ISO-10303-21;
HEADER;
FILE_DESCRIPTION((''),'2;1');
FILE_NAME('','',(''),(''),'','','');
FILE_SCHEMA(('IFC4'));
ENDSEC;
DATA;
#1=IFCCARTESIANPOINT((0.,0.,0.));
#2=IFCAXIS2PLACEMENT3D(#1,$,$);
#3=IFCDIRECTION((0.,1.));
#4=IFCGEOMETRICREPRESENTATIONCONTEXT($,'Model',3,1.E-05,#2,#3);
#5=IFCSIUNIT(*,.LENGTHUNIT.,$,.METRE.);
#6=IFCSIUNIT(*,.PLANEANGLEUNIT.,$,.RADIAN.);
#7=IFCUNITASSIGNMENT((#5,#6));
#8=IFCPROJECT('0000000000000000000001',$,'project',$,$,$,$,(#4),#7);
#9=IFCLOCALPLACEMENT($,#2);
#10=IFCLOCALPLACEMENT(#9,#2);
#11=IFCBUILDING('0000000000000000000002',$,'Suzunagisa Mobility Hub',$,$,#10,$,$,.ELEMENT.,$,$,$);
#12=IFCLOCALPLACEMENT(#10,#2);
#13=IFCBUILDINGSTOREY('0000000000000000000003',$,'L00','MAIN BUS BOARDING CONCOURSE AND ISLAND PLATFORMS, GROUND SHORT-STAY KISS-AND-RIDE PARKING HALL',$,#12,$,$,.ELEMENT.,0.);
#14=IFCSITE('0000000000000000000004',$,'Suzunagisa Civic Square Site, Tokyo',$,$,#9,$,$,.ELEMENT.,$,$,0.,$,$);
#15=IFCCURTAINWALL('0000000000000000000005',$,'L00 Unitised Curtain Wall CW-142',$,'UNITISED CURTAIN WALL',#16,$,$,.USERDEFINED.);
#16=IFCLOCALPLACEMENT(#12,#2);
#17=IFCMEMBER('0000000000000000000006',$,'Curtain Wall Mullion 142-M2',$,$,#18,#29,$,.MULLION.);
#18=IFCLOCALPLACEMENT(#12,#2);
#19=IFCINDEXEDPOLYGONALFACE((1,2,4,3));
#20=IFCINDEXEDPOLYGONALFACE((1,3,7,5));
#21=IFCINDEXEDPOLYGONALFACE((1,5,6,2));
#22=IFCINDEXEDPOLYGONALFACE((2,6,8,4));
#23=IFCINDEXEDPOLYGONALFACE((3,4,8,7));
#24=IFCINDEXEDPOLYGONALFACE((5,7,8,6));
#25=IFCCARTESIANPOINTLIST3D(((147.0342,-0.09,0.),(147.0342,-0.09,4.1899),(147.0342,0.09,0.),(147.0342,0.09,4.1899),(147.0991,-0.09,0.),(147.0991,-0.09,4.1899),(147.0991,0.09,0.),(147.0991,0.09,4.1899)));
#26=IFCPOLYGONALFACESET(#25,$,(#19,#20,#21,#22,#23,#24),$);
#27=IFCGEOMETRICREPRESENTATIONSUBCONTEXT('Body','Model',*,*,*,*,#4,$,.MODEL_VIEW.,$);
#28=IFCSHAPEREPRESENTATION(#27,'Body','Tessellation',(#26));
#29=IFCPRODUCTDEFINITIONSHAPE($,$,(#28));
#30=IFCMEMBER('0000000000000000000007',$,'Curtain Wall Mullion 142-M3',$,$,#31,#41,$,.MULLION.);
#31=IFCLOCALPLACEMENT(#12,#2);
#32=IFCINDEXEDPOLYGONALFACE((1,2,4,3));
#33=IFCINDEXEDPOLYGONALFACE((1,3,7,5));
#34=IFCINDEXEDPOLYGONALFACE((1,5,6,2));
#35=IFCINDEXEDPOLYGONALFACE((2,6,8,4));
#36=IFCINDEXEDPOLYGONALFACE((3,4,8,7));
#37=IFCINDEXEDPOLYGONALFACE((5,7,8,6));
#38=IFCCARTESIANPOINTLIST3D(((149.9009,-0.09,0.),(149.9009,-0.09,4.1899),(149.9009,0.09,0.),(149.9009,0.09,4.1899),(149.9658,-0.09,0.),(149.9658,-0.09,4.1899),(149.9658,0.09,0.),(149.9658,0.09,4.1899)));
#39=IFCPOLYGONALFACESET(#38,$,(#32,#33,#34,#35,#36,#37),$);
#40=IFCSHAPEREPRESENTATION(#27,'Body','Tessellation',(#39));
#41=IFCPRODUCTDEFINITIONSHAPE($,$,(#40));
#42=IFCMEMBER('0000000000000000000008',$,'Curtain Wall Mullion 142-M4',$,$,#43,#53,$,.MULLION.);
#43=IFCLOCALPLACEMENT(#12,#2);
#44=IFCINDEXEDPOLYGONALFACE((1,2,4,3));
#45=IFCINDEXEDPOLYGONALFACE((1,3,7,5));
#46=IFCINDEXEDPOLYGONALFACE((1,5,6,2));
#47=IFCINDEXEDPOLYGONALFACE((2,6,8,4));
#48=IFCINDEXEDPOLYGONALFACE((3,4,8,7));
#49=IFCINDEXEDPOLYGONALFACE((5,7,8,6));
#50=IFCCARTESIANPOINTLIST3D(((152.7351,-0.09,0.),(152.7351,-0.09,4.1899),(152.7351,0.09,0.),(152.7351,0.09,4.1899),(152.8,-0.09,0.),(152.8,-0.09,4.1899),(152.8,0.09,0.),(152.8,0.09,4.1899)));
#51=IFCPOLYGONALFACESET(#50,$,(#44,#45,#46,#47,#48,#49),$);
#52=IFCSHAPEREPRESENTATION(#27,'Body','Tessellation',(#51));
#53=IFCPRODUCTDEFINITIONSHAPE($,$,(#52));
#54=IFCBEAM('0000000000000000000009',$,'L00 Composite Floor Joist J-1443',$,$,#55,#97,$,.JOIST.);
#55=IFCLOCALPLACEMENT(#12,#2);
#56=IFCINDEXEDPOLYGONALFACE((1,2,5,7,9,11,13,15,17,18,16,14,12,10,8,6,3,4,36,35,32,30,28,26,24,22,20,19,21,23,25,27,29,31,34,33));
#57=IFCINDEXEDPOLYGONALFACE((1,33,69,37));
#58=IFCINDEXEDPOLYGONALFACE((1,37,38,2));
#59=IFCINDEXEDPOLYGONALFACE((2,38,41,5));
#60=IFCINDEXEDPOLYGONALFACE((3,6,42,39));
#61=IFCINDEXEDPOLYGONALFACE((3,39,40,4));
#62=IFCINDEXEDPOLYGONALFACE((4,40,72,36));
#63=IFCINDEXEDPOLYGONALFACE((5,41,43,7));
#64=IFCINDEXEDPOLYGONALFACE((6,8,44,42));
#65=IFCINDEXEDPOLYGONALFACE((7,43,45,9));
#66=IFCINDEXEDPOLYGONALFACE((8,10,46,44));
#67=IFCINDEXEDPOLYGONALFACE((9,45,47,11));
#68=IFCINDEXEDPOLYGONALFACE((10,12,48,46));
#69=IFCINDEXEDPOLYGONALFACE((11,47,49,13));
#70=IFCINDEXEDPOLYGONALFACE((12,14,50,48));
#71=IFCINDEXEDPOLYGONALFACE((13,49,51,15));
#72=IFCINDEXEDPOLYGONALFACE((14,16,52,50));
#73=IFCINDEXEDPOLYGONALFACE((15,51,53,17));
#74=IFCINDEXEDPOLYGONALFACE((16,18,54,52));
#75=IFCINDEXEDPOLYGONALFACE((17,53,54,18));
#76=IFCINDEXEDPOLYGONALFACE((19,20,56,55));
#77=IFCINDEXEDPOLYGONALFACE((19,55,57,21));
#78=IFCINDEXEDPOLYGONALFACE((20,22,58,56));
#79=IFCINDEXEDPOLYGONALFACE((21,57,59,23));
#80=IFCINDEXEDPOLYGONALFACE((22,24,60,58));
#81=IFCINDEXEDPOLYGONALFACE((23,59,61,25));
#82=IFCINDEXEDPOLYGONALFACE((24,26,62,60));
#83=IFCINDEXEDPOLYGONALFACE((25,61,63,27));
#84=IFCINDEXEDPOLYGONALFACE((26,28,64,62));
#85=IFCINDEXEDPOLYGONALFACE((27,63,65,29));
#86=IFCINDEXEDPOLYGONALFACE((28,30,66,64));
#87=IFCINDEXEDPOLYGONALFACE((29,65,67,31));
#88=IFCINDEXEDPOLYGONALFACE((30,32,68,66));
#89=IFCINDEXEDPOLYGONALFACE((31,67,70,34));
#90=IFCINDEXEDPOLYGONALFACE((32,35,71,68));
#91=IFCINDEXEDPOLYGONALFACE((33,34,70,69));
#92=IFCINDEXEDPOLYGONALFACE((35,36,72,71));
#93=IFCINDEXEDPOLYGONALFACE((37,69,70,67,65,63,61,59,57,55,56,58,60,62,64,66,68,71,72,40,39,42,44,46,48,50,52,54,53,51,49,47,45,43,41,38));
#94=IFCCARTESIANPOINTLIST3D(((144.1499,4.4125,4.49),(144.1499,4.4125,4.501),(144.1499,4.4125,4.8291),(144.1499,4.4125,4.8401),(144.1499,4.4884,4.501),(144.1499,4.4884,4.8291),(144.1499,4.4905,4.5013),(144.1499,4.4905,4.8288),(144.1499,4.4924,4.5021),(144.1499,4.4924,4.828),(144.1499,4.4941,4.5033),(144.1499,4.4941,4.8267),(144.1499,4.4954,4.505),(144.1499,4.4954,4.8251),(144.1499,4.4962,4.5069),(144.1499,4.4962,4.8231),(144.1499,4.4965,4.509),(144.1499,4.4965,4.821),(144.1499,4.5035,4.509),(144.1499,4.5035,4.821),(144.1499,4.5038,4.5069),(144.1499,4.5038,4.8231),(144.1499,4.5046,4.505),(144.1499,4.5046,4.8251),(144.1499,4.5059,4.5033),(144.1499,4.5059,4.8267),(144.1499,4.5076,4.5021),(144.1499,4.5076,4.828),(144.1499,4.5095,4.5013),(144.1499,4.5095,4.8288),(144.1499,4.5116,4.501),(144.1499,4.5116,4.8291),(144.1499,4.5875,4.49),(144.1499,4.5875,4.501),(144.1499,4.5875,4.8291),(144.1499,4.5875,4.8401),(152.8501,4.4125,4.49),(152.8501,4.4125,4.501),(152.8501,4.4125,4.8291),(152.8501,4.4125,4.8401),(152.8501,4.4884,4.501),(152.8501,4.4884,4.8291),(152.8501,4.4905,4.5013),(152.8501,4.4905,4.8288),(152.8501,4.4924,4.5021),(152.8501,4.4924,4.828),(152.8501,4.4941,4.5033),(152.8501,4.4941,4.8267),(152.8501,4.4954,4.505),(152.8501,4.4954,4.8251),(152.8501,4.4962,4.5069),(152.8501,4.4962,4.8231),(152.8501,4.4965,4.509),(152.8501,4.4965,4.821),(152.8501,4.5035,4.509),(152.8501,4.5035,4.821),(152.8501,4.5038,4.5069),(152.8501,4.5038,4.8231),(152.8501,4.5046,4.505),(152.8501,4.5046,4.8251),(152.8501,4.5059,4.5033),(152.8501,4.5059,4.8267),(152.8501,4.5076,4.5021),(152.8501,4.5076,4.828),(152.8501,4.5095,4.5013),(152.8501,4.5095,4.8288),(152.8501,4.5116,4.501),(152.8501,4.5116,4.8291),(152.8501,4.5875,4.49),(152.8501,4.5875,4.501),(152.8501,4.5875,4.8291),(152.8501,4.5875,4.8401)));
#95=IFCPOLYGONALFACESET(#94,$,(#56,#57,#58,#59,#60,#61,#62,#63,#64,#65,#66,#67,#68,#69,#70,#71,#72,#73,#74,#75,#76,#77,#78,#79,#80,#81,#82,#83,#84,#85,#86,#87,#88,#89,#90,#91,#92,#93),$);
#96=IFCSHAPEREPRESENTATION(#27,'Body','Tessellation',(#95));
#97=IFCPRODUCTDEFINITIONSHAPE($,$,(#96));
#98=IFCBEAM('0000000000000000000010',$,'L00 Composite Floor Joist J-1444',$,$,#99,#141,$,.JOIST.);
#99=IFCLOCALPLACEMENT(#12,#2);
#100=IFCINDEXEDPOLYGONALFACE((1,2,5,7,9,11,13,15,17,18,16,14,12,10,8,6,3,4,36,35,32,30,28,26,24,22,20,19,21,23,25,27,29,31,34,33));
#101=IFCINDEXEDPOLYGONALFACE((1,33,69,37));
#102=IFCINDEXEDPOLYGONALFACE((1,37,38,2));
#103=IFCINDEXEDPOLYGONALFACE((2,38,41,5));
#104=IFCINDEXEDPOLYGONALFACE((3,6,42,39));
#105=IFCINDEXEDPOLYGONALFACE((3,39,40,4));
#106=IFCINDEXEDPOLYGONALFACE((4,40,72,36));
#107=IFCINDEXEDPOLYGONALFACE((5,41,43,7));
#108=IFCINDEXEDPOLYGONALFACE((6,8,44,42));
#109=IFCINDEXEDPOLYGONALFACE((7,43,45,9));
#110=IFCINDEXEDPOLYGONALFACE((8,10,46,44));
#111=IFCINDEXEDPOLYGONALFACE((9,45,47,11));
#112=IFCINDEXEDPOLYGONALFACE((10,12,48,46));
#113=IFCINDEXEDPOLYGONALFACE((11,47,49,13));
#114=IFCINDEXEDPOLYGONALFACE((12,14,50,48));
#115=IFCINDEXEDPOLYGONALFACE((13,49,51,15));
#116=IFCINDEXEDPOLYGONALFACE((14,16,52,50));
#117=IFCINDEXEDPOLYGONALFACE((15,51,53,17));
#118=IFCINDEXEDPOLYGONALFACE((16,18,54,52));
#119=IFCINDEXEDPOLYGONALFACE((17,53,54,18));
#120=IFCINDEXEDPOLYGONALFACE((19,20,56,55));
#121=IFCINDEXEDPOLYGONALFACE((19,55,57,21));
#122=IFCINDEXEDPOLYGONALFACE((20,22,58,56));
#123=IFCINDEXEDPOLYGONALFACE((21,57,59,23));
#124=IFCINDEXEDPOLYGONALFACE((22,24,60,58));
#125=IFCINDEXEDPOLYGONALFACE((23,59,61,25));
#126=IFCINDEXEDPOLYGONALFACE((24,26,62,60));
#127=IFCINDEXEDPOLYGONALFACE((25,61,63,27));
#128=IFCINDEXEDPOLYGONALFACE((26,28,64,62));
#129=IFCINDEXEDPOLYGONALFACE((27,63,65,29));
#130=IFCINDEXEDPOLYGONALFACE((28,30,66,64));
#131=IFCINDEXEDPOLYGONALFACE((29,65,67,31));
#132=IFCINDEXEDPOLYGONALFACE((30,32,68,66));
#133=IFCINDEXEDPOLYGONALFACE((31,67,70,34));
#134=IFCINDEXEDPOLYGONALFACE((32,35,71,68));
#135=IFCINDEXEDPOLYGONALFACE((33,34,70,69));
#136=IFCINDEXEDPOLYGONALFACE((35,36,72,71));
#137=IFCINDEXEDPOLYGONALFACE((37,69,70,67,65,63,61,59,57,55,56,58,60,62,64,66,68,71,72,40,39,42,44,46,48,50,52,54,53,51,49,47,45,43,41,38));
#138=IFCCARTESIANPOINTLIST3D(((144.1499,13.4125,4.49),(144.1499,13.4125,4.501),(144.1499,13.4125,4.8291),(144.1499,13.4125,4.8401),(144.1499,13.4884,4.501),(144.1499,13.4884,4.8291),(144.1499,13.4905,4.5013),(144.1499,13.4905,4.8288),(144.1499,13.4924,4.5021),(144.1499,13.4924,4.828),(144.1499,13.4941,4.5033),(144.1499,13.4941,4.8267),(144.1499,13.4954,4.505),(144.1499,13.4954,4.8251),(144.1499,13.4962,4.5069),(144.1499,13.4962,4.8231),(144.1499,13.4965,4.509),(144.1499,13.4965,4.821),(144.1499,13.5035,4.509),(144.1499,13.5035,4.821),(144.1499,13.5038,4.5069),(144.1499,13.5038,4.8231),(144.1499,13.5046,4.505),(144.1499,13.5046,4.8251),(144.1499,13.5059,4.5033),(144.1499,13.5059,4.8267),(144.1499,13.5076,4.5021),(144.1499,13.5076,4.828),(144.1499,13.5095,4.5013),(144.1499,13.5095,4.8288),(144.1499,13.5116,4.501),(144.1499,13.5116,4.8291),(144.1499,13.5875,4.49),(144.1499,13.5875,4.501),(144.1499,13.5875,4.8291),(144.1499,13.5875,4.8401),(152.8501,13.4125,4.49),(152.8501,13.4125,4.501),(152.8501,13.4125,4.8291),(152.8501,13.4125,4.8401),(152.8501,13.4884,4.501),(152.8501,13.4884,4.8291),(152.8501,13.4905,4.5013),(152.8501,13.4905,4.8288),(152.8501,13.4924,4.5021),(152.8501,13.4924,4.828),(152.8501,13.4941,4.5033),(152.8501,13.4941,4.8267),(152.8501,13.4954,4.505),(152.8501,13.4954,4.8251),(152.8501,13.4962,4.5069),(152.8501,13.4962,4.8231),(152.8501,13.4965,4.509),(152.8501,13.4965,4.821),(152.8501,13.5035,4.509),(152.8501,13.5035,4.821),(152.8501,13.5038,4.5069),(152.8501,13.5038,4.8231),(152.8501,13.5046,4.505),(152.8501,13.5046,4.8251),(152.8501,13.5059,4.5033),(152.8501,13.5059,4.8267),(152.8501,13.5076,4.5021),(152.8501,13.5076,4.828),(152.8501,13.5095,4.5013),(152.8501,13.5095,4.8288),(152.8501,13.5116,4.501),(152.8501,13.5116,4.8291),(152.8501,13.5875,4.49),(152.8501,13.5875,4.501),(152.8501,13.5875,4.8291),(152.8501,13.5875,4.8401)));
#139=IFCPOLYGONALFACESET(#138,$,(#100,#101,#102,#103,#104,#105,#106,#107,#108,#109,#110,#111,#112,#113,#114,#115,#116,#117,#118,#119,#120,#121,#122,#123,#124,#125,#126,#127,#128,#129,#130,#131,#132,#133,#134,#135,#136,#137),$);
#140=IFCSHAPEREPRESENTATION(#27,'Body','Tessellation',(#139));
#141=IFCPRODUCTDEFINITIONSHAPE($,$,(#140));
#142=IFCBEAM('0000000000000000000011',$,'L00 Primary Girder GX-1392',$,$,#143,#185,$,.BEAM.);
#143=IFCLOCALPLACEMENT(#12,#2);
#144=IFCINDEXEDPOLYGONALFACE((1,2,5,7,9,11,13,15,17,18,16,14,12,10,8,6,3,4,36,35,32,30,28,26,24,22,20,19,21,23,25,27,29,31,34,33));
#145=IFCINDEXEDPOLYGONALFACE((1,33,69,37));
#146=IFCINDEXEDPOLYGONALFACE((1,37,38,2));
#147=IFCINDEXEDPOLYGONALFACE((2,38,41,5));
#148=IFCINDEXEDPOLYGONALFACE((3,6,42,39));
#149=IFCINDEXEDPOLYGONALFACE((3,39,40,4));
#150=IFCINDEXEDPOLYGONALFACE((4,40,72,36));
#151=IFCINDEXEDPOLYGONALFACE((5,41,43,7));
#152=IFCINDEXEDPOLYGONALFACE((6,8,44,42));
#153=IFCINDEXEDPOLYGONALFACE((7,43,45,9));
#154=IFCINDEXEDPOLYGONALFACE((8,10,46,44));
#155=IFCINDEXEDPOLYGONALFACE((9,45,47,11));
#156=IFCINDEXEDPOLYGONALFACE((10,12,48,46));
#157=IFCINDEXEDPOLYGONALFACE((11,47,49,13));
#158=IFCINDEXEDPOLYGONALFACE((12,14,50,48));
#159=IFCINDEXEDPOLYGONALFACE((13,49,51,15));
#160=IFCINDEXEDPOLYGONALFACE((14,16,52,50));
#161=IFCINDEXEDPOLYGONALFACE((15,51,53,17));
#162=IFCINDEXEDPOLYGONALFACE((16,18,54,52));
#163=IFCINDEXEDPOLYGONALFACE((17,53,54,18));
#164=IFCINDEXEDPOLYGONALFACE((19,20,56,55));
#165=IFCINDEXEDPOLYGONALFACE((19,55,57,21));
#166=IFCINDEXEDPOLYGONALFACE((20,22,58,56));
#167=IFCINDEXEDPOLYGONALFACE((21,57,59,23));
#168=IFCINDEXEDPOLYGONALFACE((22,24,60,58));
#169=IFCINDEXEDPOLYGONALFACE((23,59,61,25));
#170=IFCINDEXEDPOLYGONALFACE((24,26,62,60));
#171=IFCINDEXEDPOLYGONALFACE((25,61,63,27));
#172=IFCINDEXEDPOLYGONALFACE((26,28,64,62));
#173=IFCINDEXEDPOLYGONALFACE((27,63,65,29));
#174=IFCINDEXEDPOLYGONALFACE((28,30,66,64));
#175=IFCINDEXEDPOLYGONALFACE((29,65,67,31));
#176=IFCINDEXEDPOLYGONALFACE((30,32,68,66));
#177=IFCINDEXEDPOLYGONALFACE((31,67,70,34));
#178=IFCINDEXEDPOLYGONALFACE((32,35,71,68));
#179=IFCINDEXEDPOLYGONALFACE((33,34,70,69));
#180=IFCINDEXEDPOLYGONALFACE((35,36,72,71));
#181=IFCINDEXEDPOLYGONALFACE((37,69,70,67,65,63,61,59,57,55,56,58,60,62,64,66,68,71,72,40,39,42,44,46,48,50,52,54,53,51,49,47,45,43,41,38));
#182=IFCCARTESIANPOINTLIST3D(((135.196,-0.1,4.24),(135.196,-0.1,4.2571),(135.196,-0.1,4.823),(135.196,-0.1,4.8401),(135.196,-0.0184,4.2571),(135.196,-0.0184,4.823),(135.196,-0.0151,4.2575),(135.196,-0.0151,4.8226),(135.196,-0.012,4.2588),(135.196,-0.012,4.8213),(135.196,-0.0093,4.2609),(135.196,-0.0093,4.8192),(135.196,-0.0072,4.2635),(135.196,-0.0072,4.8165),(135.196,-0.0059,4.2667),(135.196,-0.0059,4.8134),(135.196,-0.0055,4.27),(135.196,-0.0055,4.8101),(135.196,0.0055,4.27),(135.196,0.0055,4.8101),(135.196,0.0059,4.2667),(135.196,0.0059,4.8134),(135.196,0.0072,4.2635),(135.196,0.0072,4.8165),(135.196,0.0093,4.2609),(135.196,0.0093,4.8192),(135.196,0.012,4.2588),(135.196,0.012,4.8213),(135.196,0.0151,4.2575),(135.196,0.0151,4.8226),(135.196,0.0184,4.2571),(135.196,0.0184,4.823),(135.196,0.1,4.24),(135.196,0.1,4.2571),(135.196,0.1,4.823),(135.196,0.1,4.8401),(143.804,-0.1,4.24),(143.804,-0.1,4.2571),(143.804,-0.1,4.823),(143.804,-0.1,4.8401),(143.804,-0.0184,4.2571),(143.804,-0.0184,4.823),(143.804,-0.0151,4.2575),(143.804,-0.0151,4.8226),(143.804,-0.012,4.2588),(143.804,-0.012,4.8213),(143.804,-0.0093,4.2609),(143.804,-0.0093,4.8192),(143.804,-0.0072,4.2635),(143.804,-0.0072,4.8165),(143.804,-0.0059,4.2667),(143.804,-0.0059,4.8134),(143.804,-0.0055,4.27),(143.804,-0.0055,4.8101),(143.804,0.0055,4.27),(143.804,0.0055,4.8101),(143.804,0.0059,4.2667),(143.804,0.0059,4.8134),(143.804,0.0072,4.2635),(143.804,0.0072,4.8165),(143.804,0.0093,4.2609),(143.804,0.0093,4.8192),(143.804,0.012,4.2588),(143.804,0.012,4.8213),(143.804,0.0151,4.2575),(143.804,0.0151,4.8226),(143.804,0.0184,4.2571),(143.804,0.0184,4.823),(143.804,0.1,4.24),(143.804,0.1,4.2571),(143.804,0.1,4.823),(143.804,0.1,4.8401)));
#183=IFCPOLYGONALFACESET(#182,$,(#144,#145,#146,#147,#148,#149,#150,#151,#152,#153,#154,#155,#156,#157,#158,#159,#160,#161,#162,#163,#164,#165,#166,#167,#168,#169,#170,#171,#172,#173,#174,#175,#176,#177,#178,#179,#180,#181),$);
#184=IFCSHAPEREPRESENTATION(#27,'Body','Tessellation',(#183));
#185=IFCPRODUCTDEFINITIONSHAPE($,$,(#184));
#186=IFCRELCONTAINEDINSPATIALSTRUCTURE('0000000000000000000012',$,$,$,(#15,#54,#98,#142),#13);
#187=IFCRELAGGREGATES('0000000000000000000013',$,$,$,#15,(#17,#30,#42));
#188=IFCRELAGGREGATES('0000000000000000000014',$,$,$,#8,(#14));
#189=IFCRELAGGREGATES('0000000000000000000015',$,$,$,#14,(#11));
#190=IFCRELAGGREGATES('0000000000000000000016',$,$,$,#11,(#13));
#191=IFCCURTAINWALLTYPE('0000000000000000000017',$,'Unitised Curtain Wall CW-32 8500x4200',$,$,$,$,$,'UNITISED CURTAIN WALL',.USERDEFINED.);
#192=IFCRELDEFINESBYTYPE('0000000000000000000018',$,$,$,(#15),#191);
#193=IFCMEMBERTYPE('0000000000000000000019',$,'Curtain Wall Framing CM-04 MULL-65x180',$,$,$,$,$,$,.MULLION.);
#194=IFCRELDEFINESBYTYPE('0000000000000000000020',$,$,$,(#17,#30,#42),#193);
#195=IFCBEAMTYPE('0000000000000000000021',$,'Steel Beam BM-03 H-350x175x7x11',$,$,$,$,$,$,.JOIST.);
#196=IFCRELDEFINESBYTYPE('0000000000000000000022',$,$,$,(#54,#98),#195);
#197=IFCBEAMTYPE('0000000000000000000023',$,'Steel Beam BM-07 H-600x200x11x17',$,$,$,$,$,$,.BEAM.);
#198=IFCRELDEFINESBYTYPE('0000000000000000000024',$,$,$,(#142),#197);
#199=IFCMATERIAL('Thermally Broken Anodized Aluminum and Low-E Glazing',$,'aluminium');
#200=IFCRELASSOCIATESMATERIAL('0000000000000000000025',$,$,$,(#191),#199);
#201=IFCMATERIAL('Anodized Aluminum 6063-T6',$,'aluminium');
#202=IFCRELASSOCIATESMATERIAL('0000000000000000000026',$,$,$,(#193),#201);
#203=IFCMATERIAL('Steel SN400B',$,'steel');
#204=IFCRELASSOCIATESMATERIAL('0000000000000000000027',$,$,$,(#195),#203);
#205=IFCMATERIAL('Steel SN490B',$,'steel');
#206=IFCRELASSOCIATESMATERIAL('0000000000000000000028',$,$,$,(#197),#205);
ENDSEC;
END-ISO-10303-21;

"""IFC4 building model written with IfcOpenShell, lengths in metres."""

from ifc_helpers import new_model, si_unit, direction, frame, origin, origin_2d, place, context, subcontext, project, spatial, rectangle, i_section, extrude, material, material_profile, profile_set, type_object, element, aggregate, save


model = new_model("IFC4")

# Units and contexts
model_context = context("Model", 3, precision=1e-05, world=origin(), true_north=direction((0.0, 1.0)))
body_context = subcontext(model_context, "Body", "Model", "MODEL_VIEW")
ifc_project = project(units=[si_unit("LENGTHUNIT", "METRE"), si_unit("PLANEANGLEUNIT", "RADIAN")], contexts=[model_context])

# Site, building, storey
site_placement = place(None, origin())
site = spatial("IfcSite", under=ifc_project, at=site_placement, Name="Suzunagisa Civic Square Site, Tokyo", CompositionType="ELEMENT", RefElevation=0.0)
building_placement = place(site_placement, origin())
building = spatial("IfcBuilding", under=site, at=building_placement, Name="Suzunagisa Mobility Hub", CompositionType="ELEMENT")
storey_placement = place(building_placement, origin())
storey = spatial("IfcBuildingStorey", under=building, at=storey_placement, Name="L00", Description="MAIN BUS BOARDING CONCOURSE AND ISLAND PLATFORMS, GROUND SHORT-STAY KISS-AND-RIDE PARKING HALL", CompositionType="ELEMENT", Elevation=0.0)

# Shared definitions
ifc_material_1 = material(Name="Steel SN490B", Category="steel")

# Curtain wall, members
ifc_material_2 = material(Name="Thermally Broken Anodized Aluminum and Low-E Glazing", Category="aluminium")
curtain_wall_type = type_object("IfcCurtainWallType", Name="Unitised Curtain Wall CW-32 8500x4200", ElementType="UNITISED CURTAIN WALL", PredefinedType="USERDEFINED", material=ifc_material_2)
curtain_wall_placement = place(storey_placement, origin())
curtain_wall = element("IfcCurtainWall", 1, at=curtain_wall_placement, inside=storey, type_object=curtain_wall_type, Name="L00 Unitised Curtain Wall CW-142", ObjectType="UNITISED CURTAIN WALL", PredefinedType="USERDEFINED")
ifc_material_3 = material(Name="Anodized Aluminum 6063-T6", Category="aluminium")
ifc_material_profile_1 = material_profile(ifc_material_3, rectangle(XDim=0.0649, YDim=0.1799, at=origin_2d()), Name="MULL-65x180")
ifc_profile_set_1 = profile_set([ifc_material_profile_1], Name="Anodized Aluminum 6063-T6")
member_type_1 = type_object("IfcMemberType", Name="Curtain Wall Framing CM-04 MULL-65x180", PredefinedType="MULLION", material=ifc_profile_set_1)
member_1_placement = place(storey_placement, frame((147.0667, 0.0, 0.0), z_axis=(0.0, 0.0, 1.0), x_axis=(1.0, 0.0, 0.0)))
member_1 = element("IfcMember", 2, at=member_1_placement, type_object=member_type_1, Name="Curtain Wall Mullion 142-M2", PredefinedType="MULLION", context=body_context, shape_type="SweptSolid", body=[
    extrude(rectangle(XDim=0.0649, YDim=0.1799, at=origin_2d()), origin(), (0.0, 0.0, 1.0), 4.1899),
])
member_2_placement = place(storey_placement, frame((149.9333, 0.0, 0.0), z_axis=(0.0, 0.0, 1.0), x_axis=(1.0, 0.0, 0.0)))
member_2 = element("IfcMember", 3, at=member_2_placement, type_object=member_type_1, Name="Curtain Wall Mullion 142-M3", PredefinedType="MULLION", context=body_context, shape_type="SweptSolid", body=[
    extrude(rectangle(XDim=0.0649, YDim=0.1799, at=origin_2d()), origin(), (0.0, 0.0, 1.0), 4.1899),
])
member_3_placement = place(storey_placement, frame((152.7676, 0.0, 0.0), z_axis=(0.0, 0.0, 1.0), x_axis=(1.0, 0.0, 0.0)))
member_3 = element("IfcMember", 4, at=member_3_placement, type_object=member_type_1, Name="Curtain Wall Mullion 142-M4", PredefinedType="MULLION", context=body_context, shape_type="SweptSolid", body=[
    extrude(rectangle(XDim=0.0649, YDim=0.1799, at=origin_2d()), origin(), (0.0, 0.0, 1.0), 4.1899),
])

# Beams
ifc_material_4 = material(Name="Steel SN400B", Category="steel")
ifc_material_profile_2 = material_profile(ifc_material_4, i_section(OverallWidth=0.175, OverallDepth=0.3501, WebThickness=0.0071, FlangeThickness=0.011, FilletRadius=0.0081, at=origin_2d()), Name="H-350x175x7x11")
ifc_profile_set_2 = profile_set([ifc_material_profile_2], Name="Steel SN400B")
beam_type_1 = type_object("IfcBeamType", Name="Steel Beam BM-03 H-350x175x7x11", PredefinedType="JOIST", material=ifc_profile_set_2)
for number, where, z_axis, x_axis, name in (
    (5, (144.1499, 4.5, 4.665), (1.0, 0.0, 0.0), (0.0, 1.0, 0.0), "L00 Composite Floor Joist J-1443"),
    (6, (144.1499, 13.5, 4.665), (1.0, 0.0, 0.0), (0.0, 1.0, 0.0), "L00 Composite Floor Joist J-1444"),
):
    element("IfcBeam", number, at=place(storey_placement, frame(where, z_axis=z_axis, x_axis=x_axis)), inside=storey, type_object=beam_type_1, Name=name, PredefinedType="JOIST", context=body_context, shape_type="SweptSolid", body=[
        extrude(i_section(OverallWidth=0.175, OverallDepth=0.3501, WebThickness=0.0071, FlangeThickness=0.011, FilletRadius=0.0081, at=origin_2d()), origin(), (0.0, 0.0, 1.0), 8.7002),
    ])
ifc_material_profile_3 = material_profile(ifc_material_1, i_section(OverallWidth=0.2, OverallDepth=0.6001, WebThickness=0.011, FlangeThickness=0.0171, FilletRadius=0.0129, at=origin_2d()), Name="H-600x200x11x17")
ifc_profile_set_3 = profile_set([ifc_material_profile_3], Name="Steel SN490B")
beam_type_2 = type_object("IfcBeamType", Name="Steel Beam BM-07 H-600x200x11x17", PredefinedType="BEAM", material=ifc_profile_set_3)
for number, where, z_axis, x_axis, name in (
    (7, (135.196, 0.0, 4.54), (1.0, 0.0, 0.0), (0.0, 1.0, 0.0), "L00 Primary Girder GX-1392"),
):
    element("IfcBeam", number, at=place(storey_placement, frame(where, z_axis=z_axis, x_axis=x_axis)), inside=storey, type_object=beam_type_2, Name=name, PredefinedType="BEAM", context=body_context, shape_type="SweptSolid", body=[
        extrude(i_section(OverallWidth=0.2, OverallDepth=0.6001, WebThickness=0.011, FlangeThickness=0.0171, FilletRadius=0.0129, at=origin_2d()), origin(), (0.0, 0.0, 1.0), 8.6079),
    ])

aggregate(curtain_wall, [member_1, member_2, member_3])

save(model, "model.ifc")
